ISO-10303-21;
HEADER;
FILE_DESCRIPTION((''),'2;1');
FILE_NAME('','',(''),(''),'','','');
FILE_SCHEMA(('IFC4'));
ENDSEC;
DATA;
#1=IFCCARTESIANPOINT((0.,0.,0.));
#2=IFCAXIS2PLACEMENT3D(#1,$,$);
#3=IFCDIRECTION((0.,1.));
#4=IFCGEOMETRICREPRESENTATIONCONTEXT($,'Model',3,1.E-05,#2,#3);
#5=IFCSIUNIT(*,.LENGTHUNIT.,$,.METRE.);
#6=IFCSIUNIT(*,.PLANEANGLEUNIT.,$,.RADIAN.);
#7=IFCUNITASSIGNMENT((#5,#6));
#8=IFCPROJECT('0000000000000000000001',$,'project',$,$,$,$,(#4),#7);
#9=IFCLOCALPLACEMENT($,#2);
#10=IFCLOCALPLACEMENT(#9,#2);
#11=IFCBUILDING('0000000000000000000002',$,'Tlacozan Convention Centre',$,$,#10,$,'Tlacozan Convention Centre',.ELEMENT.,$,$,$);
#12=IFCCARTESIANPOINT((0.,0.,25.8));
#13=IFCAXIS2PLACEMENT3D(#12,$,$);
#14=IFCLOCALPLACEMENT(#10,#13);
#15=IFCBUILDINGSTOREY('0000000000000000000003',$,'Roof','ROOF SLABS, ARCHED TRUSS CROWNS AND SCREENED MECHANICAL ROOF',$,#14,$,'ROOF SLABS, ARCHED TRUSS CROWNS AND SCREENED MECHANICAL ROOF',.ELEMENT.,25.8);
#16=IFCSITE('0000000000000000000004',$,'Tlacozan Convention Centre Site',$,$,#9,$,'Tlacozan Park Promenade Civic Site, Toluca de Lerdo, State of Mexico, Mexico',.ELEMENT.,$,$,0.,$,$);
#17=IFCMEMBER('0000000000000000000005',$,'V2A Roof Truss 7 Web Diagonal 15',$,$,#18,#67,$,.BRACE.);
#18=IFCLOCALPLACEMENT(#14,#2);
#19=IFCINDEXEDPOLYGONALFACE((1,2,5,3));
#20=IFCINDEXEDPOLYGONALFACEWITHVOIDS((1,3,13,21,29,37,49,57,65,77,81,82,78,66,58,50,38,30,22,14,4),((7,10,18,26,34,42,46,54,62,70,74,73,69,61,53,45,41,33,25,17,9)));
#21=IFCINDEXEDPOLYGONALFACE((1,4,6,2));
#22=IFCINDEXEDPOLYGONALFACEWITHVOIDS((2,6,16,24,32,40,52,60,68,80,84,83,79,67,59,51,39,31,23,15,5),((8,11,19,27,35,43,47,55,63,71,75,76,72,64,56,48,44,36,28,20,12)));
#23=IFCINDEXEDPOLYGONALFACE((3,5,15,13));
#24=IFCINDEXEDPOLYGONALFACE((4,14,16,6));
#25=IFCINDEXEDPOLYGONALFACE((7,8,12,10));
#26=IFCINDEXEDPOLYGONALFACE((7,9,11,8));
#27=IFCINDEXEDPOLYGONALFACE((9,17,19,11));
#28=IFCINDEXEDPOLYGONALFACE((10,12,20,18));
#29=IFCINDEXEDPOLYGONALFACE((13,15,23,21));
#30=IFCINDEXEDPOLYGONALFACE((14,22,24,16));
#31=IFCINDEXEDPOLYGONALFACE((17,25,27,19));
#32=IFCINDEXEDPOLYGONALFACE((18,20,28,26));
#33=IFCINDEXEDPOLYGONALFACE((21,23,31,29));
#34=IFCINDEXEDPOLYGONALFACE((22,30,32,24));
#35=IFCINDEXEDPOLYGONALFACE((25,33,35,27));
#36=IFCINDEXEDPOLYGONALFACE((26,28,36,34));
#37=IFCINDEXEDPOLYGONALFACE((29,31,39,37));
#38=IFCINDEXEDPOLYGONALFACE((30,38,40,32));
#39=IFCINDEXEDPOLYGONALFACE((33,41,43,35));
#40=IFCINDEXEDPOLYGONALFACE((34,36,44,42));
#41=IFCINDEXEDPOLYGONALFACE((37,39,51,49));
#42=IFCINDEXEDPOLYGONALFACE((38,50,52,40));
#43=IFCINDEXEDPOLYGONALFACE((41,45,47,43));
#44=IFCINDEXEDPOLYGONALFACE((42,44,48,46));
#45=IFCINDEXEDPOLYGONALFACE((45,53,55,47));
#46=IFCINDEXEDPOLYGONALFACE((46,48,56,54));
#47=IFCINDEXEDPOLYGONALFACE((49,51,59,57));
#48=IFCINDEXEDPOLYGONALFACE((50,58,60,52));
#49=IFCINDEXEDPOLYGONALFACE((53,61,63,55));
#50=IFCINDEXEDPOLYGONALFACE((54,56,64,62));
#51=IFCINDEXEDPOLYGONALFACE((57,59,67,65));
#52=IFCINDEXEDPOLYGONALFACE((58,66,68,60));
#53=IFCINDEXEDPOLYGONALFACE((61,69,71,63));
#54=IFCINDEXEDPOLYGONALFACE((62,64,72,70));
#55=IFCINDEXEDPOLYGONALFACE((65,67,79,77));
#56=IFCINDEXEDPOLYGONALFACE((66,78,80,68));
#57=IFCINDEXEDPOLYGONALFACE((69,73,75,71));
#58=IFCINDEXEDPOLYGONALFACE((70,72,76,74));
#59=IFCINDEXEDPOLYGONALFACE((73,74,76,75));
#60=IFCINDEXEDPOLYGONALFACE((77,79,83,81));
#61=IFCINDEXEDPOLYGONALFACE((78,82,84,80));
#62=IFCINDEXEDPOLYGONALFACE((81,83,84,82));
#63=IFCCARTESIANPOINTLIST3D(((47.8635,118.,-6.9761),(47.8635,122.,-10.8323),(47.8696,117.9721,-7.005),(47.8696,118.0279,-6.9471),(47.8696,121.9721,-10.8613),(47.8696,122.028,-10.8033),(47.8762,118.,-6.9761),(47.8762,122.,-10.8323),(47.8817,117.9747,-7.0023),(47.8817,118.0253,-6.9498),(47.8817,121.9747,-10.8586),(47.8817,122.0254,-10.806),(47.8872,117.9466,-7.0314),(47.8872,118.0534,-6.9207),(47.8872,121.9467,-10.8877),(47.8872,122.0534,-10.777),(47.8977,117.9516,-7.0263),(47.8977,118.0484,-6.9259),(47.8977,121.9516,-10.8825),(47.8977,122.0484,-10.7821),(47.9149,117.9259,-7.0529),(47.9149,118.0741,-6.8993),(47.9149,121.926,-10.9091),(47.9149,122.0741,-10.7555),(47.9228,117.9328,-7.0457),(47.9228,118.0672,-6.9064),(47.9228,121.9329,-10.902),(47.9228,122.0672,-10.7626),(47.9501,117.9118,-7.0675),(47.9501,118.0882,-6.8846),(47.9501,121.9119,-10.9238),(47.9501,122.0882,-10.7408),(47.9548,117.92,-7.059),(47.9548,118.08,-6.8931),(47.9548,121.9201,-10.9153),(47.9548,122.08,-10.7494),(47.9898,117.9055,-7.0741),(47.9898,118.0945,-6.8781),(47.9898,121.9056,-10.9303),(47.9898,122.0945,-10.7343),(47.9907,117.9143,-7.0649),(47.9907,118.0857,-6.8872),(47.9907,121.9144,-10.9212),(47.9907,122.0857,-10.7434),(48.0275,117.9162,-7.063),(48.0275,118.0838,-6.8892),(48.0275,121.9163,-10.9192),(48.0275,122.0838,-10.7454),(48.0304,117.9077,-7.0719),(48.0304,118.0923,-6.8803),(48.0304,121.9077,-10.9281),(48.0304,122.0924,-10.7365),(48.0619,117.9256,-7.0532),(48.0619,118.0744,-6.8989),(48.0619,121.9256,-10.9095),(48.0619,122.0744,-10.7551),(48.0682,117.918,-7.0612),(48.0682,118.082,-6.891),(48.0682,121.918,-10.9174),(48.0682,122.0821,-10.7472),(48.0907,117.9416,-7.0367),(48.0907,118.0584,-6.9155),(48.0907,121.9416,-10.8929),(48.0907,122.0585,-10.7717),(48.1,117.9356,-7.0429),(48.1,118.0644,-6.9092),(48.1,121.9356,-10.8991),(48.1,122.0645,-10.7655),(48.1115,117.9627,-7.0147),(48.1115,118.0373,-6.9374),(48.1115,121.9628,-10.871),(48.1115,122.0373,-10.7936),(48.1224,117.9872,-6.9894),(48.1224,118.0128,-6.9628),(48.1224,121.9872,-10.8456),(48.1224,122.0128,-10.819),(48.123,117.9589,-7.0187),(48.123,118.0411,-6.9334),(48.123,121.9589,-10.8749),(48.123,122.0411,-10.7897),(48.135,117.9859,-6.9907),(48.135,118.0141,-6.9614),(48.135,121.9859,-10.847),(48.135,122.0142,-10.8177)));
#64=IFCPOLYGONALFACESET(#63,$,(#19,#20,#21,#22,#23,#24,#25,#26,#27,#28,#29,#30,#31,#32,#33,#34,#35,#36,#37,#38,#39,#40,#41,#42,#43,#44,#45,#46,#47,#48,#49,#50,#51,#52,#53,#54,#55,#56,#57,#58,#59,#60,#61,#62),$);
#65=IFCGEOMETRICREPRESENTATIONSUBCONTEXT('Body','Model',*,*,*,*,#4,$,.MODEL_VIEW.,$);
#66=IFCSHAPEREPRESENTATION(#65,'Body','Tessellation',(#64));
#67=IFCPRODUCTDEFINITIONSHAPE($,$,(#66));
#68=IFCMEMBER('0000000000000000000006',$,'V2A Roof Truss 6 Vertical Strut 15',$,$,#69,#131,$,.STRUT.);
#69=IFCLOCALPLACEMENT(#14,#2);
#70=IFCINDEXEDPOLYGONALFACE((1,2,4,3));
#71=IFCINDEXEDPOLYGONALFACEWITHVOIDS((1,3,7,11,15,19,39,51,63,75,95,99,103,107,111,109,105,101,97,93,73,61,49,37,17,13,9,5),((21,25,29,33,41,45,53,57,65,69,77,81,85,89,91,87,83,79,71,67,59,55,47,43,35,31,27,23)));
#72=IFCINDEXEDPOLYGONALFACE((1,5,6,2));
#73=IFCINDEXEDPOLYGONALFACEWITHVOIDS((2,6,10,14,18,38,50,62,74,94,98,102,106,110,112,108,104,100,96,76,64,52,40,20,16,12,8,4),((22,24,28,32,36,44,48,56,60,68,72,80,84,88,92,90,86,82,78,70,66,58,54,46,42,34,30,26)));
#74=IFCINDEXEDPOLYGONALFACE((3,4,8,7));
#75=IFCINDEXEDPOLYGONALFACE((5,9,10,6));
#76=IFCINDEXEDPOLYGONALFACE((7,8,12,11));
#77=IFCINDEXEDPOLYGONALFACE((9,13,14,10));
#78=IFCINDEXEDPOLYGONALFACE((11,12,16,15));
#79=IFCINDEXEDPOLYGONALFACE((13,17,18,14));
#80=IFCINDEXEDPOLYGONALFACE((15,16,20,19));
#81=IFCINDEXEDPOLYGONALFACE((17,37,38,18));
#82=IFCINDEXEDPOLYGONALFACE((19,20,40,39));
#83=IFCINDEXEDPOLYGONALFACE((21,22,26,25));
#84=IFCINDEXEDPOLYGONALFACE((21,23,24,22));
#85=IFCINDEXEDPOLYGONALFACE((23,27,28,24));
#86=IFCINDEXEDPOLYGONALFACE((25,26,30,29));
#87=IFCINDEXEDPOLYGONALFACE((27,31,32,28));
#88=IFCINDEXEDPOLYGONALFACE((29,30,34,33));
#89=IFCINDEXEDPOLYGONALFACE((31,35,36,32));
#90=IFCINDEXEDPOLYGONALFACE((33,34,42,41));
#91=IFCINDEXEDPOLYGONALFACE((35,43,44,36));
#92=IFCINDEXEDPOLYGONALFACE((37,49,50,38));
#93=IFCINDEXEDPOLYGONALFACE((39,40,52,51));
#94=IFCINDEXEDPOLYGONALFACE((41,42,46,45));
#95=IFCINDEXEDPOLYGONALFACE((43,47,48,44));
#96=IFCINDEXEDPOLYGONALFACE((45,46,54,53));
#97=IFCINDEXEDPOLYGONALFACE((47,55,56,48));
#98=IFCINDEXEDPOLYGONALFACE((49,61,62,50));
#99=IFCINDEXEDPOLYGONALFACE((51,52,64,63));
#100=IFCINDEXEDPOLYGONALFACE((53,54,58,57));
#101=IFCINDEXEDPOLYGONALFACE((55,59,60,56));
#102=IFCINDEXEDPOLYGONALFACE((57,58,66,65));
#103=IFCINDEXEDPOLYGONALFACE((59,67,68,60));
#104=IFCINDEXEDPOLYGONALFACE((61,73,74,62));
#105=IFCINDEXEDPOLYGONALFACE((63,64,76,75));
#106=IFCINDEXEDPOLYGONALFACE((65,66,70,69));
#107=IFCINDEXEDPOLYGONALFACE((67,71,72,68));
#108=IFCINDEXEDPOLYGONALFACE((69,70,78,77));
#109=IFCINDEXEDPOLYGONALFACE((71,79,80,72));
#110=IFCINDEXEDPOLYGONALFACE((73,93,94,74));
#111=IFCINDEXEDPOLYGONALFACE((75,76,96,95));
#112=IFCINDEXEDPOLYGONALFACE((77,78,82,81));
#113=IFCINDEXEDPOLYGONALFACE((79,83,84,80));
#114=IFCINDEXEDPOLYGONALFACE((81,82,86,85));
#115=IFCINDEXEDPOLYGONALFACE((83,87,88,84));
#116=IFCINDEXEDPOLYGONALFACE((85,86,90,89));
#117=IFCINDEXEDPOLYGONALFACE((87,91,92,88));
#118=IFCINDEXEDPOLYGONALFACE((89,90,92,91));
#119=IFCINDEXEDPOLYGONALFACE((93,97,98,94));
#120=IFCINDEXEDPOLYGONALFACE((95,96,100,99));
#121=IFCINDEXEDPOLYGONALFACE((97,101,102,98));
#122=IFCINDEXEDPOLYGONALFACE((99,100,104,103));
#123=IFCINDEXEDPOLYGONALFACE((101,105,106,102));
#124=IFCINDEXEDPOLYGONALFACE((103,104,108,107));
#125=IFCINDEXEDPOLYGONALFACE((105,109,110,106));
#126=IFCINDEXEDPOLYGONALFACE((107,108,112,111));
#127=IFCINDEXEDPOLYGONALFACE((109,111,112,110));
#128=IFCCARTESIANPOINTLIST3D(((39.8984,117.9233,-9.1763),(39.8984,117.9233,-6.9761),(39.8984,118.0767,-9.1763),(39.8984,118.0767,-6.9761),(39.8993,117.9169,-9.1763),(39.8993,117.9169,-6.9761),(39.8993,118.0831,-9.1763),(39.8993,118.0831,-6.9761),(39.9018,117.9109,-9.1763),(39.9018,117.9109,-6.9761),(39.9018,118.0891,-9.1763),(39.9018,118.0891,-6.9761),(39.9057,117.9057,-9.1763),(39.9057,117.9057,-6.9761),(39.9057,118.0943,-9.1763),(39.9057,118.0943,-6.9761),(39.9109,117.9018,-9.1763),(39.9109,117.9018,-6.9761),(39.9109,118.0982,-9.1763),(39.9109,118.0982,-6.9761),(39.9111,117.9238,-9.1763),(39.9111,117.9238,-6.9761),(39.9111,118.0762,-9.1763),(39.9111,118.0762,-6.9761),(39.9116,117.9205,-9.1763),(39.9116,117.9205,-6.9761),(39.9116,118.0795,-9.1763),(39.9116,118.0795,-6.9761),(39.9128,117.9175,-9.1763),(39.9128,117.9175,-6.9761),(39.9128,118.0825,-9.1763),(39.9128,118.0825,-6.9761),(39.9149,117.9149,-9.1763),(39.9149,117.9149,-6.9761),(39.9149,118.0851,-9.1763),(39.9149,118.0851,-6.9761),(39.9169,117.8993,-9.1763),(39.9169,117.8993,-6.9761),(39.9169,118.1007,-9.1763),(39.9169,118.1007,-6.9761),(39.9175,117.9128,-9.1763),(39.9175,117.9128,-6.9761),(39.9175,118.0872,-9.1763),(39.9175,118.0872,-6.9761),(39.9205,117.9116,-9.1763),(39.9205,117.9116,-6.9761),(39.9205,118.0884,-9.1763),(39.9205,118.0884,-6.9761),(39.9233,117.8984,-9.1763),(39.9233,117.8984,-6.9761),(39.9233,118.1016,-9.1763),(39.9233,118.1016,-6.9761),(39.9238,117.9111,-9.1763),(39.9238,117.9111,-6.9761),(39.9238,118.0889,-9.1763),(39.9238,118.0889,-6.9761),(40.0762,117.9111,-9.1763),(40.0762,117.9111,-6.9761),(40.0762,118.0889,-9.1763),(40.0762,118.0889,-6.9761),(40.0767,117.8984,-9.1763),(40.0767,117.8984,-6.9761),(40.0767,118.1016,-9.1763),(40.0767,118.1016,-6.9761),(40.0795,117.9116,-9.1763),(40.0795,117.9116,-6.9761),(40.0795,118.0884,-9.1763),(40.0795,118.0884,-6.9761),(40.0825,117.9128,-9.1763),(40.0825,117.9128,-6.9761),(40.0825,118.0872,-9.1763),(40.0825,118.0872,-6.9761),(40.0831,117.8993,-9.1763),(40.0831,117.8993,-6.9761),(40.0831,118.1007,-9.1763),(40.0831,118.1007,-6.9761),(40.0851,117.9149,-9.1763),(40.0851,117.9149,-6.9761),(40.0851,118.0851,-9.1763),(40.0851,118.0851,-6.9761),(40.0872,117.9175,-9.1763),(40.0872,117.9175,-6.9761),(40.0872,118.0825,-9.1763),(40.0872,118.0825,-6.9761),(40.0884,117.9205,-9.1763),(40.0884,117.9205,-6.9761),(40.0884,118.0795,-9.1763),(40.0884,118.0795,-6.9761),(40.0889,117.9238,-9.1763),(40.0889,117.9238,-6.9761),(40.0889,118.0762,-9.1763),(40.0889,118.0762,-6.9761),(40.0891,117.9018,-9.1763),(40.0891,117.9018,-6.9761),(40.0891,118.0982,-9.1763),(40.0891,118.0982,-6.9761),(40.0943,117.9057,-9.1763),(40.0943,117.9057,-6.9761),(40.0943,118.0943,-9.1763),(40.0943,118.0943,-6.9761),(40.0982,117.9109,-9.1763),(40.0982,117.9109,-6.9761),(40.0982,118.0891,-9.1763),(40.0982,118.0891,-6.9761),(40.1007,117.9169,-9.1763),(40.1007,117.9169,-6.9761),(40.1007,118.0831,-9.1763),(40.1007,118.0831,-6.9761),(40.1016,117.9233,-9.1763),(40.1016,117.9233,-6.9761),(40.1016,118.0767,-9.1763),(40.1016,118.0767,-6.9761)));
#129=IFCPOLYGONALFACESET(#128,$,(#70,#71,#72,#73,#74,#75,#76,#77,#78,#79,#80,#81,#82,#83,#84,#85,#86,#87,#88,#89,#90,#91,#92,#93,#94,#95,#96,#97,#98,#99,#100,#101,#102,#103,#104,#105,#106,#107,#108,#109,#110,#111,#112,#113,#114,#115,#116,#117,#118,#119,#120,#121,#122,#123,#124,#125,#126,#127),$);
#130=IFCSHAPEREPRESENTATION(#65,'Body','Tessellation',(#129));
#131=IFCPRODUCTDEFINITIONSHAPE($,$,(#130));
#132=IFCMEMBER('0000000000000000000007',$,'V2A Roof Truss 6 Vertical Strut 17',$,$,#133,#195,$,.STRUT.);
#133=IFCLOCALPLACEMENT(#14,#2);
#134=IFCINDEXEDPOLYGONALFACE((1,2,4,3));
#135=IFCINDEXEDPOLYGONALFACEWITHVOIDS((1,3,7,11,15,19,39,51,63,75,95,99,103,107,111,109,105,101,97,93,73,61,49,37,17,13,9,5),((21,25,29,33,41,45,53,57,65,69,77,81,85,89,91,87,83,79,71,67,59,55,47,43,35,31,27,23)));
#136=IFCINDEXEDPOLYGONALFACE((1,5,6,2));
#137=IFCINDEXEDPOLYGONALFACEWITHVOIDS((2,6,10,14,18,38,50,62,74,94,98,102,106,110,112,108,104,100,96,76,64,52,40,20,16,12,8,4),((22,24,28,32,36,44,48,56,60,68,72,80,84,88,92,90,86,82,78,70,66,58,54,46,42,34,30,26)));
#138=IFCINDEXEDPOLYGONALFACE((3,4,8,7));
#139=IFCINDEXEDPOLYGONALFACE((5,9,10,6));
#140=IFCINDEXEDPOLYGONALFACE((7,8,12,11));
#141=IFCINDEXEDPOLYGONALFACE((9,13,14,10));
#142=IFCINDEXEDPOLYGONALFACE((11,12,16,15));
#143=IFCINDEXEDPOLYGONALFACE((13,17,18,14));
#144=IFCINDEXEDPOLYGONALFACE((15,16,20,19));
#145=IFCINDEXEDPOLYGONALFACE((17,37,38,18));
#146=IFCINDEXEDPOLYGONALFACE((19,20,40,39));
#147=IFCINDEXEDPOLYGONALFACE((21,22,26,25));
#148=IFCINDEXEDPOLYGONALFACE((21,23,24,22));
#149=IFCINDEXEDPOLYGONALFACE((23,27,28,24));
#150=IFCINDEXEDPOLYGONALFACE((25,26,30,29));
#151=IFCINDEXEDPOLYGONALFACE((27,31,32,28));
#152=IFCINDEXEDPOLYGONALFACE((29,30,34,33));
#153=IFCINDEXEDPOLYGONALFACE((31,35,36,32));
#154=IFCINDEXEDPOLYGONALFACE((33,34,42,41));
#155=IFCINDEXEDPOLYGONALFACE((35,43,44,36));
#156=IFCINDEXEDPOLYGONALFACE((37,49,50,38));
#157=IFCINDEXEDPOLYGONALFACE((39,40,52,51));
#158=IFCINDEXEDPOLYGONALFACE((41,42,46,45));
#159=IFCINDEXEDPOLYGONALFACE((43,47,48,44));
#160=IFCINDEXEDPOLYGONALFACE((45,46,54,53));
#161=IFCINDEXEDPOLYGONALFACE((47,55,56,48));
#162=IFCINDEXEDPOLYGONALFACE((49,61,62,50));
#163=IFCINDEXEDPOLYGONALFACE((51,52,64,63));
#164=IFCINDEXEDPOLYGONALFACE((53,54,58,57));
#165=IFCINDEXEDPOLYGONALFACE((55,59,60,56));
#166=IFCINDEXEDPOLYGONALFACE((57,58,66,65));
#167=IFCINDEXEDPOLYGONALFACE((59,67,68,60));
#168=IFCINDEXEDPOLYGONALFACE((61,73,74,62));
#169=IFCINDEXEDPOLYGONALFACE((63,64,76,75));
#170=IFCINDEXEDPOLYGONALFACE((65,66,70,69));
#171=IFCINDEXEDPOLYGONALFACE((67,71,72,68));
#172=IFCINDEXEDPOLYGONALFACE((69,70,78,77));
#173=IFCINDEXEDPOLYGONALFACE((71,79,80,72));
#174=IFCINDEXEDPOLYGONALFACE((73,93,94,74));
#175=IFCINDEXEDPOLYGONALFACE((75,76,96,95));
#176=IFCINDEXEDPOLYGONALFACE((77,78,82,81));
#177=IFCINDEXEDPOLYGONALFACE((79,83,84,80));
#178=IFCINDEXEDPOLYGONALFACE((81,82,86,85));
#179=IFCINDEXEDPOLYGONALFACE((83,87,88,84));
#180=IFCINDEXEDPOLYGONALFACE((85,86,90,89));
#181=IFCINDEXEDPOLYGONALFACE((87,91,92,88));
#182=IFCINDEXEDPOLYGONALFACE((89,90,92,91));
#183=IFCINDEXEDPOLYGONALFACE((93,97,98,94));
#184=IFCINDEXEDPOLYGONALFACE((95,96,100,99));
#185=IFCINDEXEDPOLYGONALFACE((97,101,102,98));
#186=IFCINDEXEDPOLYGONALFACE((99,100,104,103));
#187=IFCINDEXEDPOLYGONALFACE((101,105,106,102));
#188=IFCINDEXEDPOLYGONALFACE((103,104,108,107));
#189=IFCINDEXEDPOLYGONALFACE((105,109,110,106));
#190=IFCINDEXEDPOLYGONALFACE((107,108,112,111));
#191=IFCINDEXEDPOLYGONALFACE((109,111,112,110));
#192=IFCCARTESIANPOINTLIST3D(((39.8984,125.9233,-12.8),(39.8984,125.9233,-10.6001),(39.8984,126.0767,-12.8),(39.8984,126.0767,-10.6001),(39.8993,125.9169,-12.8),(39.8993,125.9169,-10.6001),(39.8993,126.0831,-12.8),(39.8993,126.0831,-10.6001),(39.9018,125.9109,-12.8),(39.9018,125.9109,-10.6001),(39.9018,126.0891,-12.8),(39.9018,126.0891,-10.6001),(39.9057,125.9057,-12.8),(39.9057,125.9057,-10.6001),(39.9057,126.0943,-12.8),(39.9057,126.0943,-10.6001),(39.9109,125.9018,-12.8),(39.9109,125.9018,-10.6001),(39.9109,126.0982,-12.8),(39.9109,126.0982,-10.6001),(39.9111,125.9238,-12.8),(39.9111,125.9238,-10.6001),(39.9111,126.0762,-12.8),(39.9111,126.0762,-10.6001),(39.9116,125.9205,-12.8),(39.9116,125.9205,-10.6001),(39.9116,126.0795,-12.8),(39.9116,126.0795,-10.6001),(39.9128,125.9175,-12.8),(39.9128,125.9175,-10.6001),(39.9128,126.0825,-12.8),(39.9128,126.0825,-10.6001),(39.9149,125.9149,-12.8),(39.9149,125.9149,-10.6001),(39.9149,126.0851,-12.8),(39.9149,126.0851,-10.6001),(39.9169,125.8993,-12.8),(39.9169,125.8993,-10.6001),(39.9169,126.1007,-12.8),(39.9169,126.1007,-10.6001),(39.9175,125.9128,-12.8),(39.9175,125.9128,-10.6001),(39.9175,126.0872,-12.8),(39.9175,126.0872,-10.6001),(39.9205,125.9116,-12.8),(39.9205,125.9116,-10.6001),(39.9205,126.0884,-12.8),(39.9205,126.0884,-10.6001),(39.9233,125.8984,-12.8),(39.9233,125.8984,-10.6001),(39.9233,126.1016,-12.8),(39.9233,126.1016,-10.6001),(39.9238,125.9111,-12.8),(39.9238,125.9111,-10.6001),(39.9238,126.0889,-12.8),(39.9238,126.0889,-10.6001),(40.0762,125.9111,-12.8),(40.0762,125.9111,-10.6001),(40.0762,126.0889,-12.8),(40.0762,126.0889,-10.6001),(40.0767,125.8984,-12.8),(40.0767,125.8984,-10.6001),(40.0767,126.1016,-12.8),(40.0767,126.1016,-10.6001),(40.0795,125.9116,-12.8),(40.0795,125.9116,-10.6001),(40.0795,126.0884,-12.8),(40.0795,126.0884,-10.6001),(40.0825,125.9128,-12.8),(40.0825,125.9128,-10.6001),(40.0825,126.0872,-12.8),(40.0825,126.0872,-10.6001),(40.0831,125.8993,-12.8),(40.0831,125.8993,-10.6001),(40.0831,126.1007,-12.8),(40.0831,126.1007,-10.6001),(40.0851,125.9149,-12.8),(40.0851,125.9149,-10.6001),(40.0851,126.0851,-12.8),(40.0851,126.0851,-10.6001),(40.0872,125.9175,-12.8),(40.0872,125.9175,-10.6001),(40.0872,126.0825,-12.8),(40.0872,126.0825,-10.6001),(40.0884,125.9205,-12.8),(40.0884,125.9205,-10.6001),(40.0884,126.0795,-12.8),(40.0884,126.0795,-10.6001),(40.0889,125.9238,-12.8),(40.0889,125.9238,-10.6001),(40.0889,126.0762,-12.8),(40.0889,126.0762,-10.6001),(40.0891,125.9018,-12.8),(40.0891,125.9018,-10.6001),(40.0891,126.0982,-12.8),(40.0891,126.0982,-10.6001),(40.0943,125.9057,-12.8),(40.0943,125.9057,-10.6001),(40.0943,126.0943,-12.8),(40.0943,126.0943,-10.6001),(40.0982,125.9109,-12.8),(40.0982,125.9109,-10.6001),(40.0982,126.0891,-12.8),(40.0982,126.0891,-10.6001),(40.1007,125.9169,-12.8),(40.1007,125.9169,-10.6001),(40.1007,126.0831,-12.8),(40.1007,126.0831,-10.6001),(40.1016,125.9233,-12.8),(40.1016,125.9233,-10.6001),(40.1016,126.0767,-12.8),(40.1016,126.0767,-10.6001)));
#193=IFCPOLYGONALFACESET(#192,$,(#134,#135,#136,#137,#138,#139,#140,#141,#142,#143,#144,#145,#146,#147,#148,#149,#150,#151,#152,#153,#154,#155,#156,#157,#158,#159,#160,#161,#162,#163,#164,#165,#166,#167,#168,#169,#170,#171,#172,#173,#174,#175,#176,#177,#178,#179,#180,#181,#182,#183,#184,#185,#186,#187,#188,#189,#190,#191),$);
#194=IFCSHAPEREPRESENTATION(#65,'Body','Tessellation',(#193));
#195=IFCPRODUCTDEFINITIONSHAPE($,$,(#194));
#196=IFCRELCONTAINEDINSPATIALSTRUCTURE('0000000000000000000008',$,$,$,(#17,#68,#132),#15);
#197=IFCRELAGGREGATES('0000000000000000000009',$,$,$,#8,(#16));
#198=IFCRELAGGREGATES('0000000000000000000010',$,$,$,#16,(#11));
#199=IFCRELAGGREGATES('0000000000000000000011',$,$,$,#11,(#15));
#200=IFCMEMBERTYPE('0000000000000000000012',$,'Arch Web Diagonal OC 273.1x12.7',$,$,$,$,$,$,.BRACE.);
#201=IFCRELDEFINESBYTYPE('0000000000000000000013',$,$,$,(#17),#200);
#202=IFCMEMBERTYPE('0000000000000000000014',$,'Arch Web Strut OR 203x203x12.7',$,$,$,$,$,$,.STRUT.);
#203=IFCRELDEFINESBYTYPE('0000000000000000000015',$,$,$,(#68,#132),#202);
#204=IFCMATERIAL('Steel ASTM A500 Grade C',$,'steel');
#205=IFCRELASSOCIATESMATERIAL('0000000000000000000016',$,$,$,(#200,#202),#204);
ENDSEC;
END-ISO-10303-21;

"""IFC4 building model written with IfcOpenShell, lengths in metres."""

from ifc_helpers import new_model, si_unit, direction, frame, origin, origin_2d, place, context, subcontext, project, spatial, hollow_rectangle, hollow_circle, extrude, material, material_profile, profile_set, type_object, element, save


model = new_model("IFC4")

# Units and contexts
model_context = context("Model", 3, precision=1e-05, world=origin(), true_north=direction((0.0, 1.0)))
body_context = subcontext(model_context, "Body", "Model", "MODEL_VIEW")
ifc_project = project(units=[si_unit("LENGTHUNIT", "METRE"), si_unit("PLANEANGLEUNIT", "RADIAN")], contexts=[model_context])

# Site, building, storey
site_placement = place(None, origin())
site = spatial("IfcSite", under=ifc_project, at=site_placement, Name="Tlacozan Convention Centre Site", LongName="Tlacozan Park Promenade Civic Site, Toluca de Lerdo, State of Mexico, Mexico", CompositionType="ELEMENT", RefElevation=0.0)
building_placement = place(site_placement, origin())
building = spatial("IfcBuilding", under=site, at=building_placement, Name="Tlacozan Convention Centre", LongName="Tlacozan Convention Centre", CompositionType="ELEMENT")
storey_placement = place(building_placement, frame((0.0, 0.0, 25.8)))
storey = spatial("IfcBuildingStorey", under=building, at=storey_placement, Name="Roof", Description="ROOF SLABS, ARCHED TRUSS CROWNS AND SCREENED MECHANICAL ROOF", LongName="ROOF SLABS, ARCHED TRUSS CROWNS AND SCREENED MECHANICAL ROOF", CompositionType="ELEMENT", Elevation=25.8)

# Members
ifc_material_1 = material(Name="Steel ASTM A500 Grade C", Category="steel")
ifc_material_profile_1 = material_profile(ifc_material_1, hollow_circle(Radius=0.1365, WallThickness=0.0127, at=origin_2d()), Name="OC 273.1x12.7")
ifc_profile_set_1 = profile_set([ifc_material_profile_1], Name="Steel ASTM A500 Grade C")
member_type_1 = type_object("IfcMemberType", Name="Arch Web Diagonal OC 273.1x12.7", PredefinedType="BRACE", material=ifc_profile_set_1)
member_1_placement = place(storey_placement, frame((48.0, 118.0, -6.9761), z_axis=(0.0, 0.719929, -0.694048), x_axis=(-1.0, 0.0, 0.0)))
element("IfcMember", 1, at=member_1_placement, inside=storey, type_object=member_type_1, Name="V2A Roof Truss 7 Web Diagonal 15", PredefinedType="BRACE", context=body_context, shape_type="SweptSolid", body=[
    extrude(hollow_circle(Radius=0.1365, WallThickness=0.0127, at=origin_2d()), origin(), (0.0, 0.0, 1.0), 5.5562),
])
ifc_material_profile_2 = material_profile(ifc_material_1, hollow_rectangle(XDim=0.2031, YDim=0.2031, WallThickness=0.0127, InnerFilletRadius=0.0127, OuterFilletRadius=0.0249, at=origin_2d()), Name="OR 203x203x12.7")
ifc_profile_set_2 = profile_set([ifc_material_profile_2], Name="Steel ASTM A500 Grade C")
member_type_2 = type_object("IfcMemberType", Name="Arch Web Strut OR 203x203x12.7", PredefinedType="STRUT", material=ifc_profile_set_2)
member_2_placement = place(storey_placement, frame((40.0, 118.0, -9.1763), z_axis=(0.0, 0.0, 1.0), x_axis=(1.0, 0.0, 0.0)))
element("IfcMember", 2, at=member_2_placement, inside=storey, type_object=member_type_2, Name="V2A Roof Truss 6 Vertical Strut 15", PredefinedType="STRUT", context=body_context, shape_type="SweptSolid", body=[
    extrude(hollow_rectangle(XDim=0.2031, YDim=0.2031, WallThickness=0.0127, InnerFilletRadius=0.0127, OuterFilletRadius=0.0249, at=origin_2d()), origin(), (0.0, 0.0, 1.0), 2.2002),
])
member_3_placement = place(storey_placement, frame((40.0, 126.0, -12.8), z_axis=(0.0, 0.0, 1.0), x_axis=(1.0, 0.0, 0.0)))
element("IfcMember", 3, at=member_3_placement, inside=storey, type_object=member_type_2, Name="V2A Roof Truss 6 Vertical Strut 17", PredefinedType="STRUT", context=body_context, shape_type="SweptSolid", body=[
    extrude(hollow_rectangle(XDim=0.2031, YDim=0.2031, WallThickness=0.0127, InnerFilletRadius=0.0127, OuterFilletRadius=0.0249, at=origin_2d()), origin(), (0.0, 0.0, 1.0), 2.2),
])

save(model, "model.ifc")
